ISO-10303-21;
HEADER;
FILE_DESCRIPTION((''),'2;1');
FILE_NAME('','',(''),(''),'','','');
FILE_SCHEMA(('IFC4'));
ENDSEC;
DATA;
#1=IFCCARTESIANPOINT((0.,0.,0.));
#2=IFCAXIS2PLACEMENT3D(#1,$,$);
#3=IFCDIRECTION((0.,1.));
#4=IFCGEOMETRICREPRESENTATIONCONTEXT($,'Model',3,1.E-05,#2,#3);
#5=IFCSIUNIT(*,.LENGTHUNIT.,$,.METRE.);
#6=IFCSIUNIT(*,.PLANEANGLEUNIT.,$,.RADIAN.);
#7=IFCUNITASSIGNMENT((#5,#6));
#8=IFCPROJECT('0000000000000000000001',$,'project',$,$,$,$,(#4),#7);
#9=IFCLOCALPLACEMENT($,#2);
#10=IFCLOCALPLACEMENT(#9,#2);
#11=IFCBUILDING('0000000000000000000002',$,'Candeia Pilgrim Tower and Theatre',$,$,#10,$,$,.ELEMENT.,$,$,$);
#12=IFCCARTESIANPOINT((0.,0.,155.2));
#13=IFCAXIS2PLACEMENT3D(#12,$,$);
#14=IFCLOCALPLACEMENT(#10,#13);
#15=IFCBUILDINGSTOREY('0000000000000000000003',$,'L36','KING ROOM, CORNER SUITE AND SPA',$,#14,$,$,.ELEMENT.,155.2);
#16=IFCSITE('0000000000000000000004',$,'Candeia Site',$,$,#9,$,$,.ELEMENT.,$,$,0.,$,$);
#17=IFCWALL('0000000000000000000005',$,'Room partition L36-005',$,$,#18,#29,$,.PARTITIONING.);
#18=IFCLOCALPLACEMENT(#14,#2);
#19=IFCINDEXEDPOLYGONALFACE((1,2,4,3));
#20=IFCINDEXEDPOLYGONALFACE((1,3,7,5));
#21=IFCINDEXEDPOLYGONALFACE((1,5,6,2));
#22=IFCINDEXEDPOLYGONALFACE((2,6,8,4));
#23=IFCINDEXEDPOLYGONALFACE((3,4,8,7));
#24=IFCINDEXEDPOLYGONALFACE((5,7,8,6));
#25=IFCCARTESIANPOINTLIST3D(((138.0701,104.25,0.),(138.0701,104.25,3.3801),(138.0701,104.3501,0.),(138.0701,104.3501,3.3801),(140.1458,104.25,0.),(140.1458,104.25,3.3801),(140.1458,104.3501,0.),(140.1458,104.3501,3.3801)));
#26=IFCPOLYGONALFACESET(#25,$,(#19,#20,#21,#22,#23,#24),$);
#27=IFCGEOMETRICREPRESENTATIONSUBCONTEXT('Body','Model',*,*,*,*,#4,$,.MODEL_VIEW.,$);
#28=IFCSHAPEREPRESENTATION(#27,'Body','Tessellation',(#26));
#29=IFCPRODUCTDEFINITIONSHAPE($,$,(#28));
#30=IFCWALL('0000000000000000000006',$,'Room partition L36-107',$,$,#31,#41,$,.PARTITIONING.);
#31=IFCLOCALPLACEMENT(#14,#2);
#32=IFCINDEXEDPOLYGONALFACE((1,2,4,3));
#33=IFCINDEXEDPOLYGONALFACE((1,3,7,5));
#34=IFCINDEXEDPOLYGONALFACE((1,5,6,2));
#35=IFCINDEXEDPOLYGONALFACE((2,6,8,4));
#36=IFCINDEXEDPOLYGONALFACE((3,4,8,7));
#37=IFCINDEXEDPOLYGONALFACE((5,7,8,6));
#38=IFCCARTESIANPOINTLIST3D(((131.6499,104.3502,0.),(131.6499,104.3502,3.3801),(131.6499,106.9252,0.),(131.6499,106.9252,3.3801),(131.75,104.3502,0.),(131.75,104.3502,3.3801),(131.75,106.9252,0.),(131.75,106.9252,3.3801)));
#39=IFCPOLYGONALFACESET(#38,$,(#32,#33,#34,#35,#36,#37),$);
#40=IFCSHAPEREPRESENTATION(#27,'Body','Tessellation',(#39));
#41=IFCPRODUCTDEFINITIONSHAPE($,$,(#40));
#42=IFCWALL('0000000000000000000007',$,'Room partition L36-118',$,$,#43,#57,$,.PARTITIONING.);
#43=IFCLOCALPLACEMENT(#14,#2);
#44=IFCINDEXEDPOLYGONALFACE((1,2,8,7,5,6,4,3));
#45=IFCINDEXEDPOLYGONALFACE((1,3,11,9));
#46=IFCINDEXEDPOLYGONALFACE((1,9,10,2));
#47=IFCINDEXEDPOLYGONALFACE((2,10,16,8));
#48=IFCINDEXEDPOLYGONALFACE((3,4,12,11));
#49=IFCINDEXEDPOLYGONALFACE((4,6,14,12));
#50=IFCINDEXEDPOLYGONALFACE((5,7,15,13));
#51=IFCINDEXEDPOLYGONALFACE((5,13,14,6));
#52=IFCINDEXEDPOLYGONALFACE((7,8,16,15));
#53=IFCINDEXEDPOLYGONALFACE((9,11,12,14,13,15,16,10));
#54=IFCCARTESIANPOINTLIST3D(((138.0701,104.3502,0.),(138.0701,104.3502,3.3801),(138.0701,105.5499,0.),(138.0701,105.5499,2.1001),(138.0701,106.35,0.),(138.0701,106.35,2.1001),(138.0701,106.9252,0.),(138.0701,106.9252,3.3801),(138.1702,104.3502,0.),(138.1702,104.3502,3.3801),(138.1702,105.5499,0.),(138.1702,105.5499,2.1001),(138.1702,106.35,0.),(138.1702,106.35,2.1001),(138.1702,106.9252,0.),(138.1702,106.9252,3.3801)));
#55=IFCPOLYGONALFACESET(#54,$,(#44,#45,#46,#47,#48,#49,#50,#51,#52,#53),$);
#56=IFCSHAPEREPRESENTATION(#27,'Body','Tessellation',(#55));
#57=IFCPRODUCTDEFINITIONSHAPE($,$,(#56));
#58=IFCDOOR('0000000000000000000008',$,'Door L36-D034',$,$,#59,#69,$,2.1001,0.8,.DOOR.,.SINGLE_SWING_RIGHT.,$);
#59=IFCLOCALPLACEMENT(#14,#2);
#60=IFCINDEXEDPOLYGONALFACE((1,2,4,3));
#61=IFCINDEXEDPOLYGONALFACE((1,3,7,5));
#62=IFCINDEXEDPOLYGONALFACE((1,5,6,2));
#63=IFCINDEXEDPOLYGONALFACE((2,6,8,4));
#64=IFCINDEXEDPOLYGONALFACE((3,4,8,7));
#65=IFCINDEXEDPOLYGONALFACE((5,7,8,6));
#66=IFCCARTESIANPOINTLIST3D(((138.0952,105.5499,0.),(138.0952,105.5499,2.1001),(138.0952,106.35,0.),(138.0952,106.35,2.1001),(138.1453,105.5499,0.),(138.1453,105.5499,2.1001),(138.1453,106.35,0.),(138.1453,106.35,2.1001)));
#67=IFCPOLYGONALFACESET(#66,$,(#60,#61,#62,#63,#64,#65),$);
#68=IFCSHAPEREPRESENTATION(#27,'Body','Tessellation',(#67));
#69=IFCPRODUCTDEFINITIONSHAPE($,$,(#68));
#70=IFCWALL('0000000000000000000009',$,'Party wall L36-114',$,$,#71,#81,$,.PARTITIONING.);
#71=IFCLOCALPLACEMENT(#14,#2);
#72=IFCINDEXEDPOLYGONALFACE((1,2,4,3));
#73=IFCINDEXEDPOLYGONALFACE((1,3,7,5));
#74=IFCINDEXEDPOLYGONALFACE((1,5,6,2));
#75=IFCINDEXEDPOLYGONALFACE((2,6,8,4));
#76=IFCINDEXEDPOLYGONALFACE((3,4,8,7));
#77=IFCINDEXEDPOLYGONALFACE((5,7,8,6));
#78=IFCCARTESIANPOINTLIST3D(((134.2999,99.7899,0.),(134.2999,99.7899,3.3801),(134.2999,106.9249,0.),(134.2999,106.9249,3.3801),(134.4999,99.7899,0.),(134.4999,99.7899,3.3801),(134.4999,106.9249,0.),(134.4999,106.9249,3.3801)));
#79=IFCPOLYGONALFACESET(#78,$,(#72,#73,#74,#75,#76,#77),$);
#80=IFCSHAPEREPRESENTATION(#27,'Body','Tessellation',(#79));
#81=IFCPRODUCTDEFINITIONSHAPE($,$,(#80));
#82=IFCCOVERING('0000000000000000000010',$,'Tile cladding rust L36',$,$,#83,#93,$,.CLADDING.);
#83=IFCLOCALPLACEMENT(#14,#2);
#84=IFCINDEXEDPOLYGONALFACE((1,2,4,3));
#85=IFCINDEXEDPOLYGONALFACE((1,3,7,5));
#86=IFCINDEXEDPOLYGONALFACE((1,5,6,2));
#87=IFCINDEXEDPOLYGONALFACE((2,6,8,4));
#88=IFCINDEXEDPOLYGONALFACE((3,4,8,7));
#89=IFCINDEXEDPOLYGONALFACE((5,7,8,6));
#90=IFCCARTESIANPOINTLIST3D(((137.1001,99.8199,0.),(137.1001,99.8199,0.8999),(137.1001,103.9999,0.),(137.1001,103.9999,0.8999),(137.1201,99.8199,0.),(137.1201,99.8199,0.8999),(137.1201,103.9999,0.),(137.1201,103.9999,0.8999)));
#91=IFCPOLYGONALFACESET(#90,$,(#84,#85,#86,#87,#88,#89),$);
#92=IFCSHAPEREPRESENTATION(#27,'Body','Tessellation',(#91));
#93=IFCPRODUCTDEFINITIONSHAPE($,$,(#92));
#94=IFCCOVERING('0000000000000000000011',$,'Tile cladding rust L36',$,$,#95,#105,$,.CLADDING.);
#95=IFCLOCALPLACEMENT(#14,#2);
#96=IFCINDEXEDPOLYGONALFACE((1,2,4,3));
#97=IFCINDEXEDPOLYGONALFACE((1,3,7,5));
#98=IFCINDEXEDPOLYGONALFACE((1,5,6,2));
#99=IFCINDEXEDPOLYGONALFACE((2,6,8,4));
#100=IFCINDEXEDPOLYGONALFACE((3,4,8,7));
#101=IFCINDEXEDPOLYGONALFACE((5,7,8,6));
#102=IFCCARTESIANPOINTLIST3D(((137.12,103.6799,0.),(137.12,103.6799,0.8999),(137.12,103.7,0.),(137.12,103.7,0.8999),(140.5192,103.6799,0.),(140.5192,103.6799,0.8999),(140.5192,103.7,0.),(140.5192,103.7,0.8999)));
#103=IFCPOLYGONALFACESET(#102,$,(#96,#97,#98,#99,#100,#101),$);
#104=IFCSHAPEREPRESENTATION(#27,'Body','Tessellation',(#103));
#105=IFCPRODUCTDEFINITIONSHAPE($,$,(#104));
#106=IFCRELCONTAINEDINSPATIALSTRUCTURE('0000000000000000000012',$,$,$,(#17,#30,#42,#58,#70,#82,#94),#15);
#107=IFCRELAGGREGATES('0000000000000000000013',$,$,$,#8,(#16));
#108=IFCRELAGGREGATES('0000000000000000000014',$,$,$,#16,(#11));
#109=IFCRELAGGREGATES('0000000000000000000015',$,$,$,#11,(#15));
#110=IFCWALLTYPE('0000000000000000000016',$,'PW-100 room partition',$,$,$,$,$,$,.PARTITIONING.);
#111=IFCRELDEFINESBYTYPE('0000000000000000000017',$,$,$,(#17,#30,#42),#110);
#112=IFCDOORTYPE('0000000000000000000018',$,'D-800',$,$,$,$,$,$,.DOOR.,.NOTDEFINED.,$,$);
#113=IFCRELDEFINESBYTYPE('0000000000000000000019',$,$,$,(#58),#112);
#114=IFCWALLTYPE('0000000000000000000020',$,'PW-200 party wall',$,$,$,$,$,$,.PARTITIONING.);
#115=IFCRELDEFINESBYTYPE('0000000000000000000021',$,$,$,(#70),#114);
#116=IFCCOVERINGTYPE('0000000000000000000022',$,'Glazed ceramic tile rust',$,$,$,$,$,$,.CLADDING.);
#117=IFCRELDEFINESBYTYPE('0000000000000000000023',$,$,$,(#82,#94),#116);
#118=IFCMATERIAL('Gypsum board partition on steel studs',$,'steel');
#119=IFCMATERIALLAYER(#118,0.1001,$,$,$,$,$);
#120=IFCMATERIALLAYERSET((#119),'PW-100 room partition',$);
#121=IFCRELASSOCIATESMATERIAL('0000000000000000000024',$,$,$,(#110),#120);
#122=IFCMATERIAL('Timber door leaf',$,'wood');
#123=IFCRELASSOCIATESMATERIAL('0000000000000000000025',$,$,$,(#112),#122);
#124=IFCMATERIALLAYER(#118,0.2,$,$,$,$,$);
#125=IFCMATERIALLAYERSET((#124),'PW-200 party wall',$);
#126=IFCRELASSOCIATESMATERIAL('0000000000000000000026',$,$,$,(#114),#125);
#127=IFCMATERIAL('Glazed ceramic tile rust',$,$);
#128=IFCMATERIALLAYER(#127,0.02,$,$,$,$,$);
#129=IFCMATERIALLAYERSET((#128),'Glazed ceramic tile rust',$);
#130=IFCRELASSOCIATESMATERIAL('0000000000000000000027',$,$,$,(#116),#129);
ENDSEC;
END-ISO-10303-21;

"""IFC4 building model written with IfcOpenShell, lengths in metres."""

from ifc_helpers import new_model, si_unit, direction, frame, frame_2d, origin, origin_2d, place, context, subcontext, project, spatial, rectangle, extrude, material, layer, layer_set, type_object, element, fill, save


model = new_model("IFC4")

# Units and contexts
model_context = context("Model", 3, precision=1e-05, world=origin(), true_north=direction((0.0, 1.0)))
body_context = subcontext(model_context, "Body", "Model", "MODEL_VIEW")
ifc_project = project(units=[si_unit("LENGTHUNIT", "METRE"), si_unit("PLANEANGLEUNIT", "RADIAN")], contexts=[model_context])

# Site, building, storey
site_placement = place(None, origin())
site = spatial("IfcSite", under=ifc_project, at=site_placement, Name="Candeia Site", CompositionType="ELEMENT", RefElevation=0.0)
building_placement = place(site_placement, origin())
building = spatial("IfcBuilding", under=site, at=building_placement, Name="Candeia Pilgrim Tower and Theatre", CompositionType="ELEMENT")
storey_placement = place(building_placement, frame((0.0, 0.0, 155.2)))
storey = spatial("IfcBuildingStorey", under=building, at=storey_placement, Name="L36", Description="KING ROOM, CORNER SUITE AND SPA", CompositionType="ELEMENT", Elevation=155.2)

# Shared definitions
ifc_material_1 = material(Name="Gypsum board partition on steel studs", Category="steel")
ifc_layer_1 = layer(ifc_material_1, 0.1001)
ifc_layer_set_1 = layer_set([ifc_layer_1], Name="PW-100 room partition")
wall_type_1 = type_object("IfcWallType", Name="PW-100 room partition", PredefinedType="PARTITIONING", material=ifc_layer_set_1)
ifc_material_2 = material(Name="Timber door leaf", Category="wood")
door_type_1 = type_object("IfcDoorType", Name="D-800", OperationType="NOTDEFINED", PredefinedType="DOOR", material=ifc_material_2)

# Walls
wall_1_placement = place(storey_placement, frame((138.0701, 104.3, 0.0), z_axis=(0.0, 0.0, 1.0), x_axis=(1.0, 0.0, 0.0)))
element("IfcWall", 1, at=wall_1_placement, inside=storey, type_object=wall_type_1, Name="Room partition L36-005", PredefinedType="PARTITIONING", context=body_context, shape_type="SweptSolid", body=[
    extrude(rectangle(XDim=2.0757, YDim=0.1001, at=frame_2d((1.0378, 0.0))), origin(), (0.0, 0.0, 1.0), 3.3801),
])
wall_2_placement = place(storey_placement, frame((131.7, 104.3501, 0.0), z_axis=(0.0, 0.0, 1.0), x_axis=(0.0, 1.0, 0.0)))
element("IfcWall", 2, at=wall_2_placement, inside=storey, type_object=wall_type_1, Name="Room partition L36-107", PredefinedType="PARTITIONING", context=body_context, shape_type="SweptSolid", body=[
    extrude(rectangle(XDim=2.575, YDim=0.1001, at=frame_2d((1.2876, 0.0))), origin(), (0.0, 0.0, 1.0), 3.3801),
])

# Wall, opening, door
wall_3_placement = place(storey_placement, frame((138.1201, 104.3501, 0.0), z_axis=(0.0, 0.0, 1.0), x_axis=(0.0, 1.0, 0.0)))
wall_3 = element("IfcWall", 3, at=wall_3_placement, inside=storey, type_object=wall_type_1, Name="Room partition L36-118", PredefinedType="PARTITIONING", context=body_context, shape_type="SweptSolid", body=[
    extrude(rectangle(XDim=2.575, YDim=0.1001, at=frame_2d((1.2876, 0.0))), origin(), (0.0, 0.0, 1.0), 3.3801),
])
opening_1_placement = place(wall_3_placement, frame((1.2, 0.0, 0.0)))
opening_1 = element("IfcOpeningElement", 4, at=opening_1_placement, cuts=wall_3, PredefinedType="OPENING", context=body_context, shape_type="SweptSolid", body=[
    extrude(rectangle(XDim=0.8, YDim=2.1001, at=frame_2d((0.3999, 1.05))), frame((0.0, 0.0601, 0.0), z_axis=(0.0, -1.0, 0.0), x_axis=(1.0, 0.0, 0.0)), (0.0, 0.0, 1.0), 0.1201),
])
door_1_placement = place(opening_1_placement, origin())
door_1 = element("IfcDoor", 5, at=door_1_placement, inside=storey, type_object=door_type_1, Name="Door L36-D034", OperationType="SINGLE_SWING_RIGHT", OverallHeight=2.1001, OverallWidth=0.8, PredefinedType="DOOR", context=body_context, shape_type="SweptSolid", body=[
    extrude(rectangle(XDim=0.8, YDim=2.1001, at=frame_2d((0.3999, 1.05))), frame((0.0, 0.0249, 0.0), z_axis=(0.0, -1.0, 0.0), x_axis=(1.0, 0.0, 0.0)), (0.0, 0.0, 1.0), 0.05),
])
fill(opening_1, door_1)

# Wall
ifc_layer_2 = layer(ifc_material_1, 0.2)
ifc_layer_set_2 = layer_set([ifc_layer_2], Name="PW-200 party wall")
wall_type_2 = type_object("IfcWallType", Name="PW-200 party wall", PredefinedType="PARTITIONING", material=ifc_layer_set_2)
wall_4_placement = place(storey_placement, frame((134.3999, 99.79, 0.0), z_axis=(0.0, 0.0, 1.0), x_axis=(0.0, 1.0, 0.0)))
element("IfcWall", 6, at=wall_4_placement, inside=storey, type_object=wall_type_2, Name="Party wall L36-114", PredefinedType="PARTITIONING", context=body_context, shape_type="SweptSolid", body=[
    extrude(rectangle(XDim=7.135, YDim=0.2, at=frame_2d((3.5674, 0.0))), origin(), (0.0, 0.0, 1.0), 3.3801),
])

# Coverings
ifc_material_3 = material(Name="Glazed ceramic tile rust")
ifc_layer_3 = layer(ifc_material_3, 0.02)
ifc_layer_set_3 = layer_set([ifc_layer_3], Name="Glazed ceramic tile rust")
covering_type = type_object("IfcCoveringType", Name="Glazed ceramic tile rust", PredefinedType="CLADDING", material=ifc_layer_set_3)
covering_1_placement = place(storey_placement, frame((137.1101, 101.9099, 0.0), z_axis=(0.0, 0.0, 1.0), x_axis=(0.0, 1.0, 0.0)))
element("IfcCovering", 7, at=covering_1_placement, inside=storey, type_object=covering_type, Name="Tile cladding rust L36", PredefinedType="CLADDING", context=body_context, shape_type="SweptSolid", body=[
    extrude(rectangle(XDim=4.1799, YDim=0.02, at=origin_2d()), origin(), (0.0, 0.0, 1.0), 0.8999),
])
covering_2_placement = place(storey_placement, frame((138.8196, 103.6899, 0.0), z_axis=(0.0, 0.0, 1.0), x_axis=(1.0, 0.0, 0.0)))
element("IfcCovering", 8, at=covering_2_placement, inside=storey, type_object=covering_type, Name="Tile cladding rust L36", PredefinedType="CLADDING", context=body_context, shape_type="SweptSolid", body=[
    extrude(rectangle(XDim=3.3992, YDim=0.02, at=origin_2d()), origin(), (0.0, 0.0, 1.0), 0.8999),
])

save(model, "model.ifc")
